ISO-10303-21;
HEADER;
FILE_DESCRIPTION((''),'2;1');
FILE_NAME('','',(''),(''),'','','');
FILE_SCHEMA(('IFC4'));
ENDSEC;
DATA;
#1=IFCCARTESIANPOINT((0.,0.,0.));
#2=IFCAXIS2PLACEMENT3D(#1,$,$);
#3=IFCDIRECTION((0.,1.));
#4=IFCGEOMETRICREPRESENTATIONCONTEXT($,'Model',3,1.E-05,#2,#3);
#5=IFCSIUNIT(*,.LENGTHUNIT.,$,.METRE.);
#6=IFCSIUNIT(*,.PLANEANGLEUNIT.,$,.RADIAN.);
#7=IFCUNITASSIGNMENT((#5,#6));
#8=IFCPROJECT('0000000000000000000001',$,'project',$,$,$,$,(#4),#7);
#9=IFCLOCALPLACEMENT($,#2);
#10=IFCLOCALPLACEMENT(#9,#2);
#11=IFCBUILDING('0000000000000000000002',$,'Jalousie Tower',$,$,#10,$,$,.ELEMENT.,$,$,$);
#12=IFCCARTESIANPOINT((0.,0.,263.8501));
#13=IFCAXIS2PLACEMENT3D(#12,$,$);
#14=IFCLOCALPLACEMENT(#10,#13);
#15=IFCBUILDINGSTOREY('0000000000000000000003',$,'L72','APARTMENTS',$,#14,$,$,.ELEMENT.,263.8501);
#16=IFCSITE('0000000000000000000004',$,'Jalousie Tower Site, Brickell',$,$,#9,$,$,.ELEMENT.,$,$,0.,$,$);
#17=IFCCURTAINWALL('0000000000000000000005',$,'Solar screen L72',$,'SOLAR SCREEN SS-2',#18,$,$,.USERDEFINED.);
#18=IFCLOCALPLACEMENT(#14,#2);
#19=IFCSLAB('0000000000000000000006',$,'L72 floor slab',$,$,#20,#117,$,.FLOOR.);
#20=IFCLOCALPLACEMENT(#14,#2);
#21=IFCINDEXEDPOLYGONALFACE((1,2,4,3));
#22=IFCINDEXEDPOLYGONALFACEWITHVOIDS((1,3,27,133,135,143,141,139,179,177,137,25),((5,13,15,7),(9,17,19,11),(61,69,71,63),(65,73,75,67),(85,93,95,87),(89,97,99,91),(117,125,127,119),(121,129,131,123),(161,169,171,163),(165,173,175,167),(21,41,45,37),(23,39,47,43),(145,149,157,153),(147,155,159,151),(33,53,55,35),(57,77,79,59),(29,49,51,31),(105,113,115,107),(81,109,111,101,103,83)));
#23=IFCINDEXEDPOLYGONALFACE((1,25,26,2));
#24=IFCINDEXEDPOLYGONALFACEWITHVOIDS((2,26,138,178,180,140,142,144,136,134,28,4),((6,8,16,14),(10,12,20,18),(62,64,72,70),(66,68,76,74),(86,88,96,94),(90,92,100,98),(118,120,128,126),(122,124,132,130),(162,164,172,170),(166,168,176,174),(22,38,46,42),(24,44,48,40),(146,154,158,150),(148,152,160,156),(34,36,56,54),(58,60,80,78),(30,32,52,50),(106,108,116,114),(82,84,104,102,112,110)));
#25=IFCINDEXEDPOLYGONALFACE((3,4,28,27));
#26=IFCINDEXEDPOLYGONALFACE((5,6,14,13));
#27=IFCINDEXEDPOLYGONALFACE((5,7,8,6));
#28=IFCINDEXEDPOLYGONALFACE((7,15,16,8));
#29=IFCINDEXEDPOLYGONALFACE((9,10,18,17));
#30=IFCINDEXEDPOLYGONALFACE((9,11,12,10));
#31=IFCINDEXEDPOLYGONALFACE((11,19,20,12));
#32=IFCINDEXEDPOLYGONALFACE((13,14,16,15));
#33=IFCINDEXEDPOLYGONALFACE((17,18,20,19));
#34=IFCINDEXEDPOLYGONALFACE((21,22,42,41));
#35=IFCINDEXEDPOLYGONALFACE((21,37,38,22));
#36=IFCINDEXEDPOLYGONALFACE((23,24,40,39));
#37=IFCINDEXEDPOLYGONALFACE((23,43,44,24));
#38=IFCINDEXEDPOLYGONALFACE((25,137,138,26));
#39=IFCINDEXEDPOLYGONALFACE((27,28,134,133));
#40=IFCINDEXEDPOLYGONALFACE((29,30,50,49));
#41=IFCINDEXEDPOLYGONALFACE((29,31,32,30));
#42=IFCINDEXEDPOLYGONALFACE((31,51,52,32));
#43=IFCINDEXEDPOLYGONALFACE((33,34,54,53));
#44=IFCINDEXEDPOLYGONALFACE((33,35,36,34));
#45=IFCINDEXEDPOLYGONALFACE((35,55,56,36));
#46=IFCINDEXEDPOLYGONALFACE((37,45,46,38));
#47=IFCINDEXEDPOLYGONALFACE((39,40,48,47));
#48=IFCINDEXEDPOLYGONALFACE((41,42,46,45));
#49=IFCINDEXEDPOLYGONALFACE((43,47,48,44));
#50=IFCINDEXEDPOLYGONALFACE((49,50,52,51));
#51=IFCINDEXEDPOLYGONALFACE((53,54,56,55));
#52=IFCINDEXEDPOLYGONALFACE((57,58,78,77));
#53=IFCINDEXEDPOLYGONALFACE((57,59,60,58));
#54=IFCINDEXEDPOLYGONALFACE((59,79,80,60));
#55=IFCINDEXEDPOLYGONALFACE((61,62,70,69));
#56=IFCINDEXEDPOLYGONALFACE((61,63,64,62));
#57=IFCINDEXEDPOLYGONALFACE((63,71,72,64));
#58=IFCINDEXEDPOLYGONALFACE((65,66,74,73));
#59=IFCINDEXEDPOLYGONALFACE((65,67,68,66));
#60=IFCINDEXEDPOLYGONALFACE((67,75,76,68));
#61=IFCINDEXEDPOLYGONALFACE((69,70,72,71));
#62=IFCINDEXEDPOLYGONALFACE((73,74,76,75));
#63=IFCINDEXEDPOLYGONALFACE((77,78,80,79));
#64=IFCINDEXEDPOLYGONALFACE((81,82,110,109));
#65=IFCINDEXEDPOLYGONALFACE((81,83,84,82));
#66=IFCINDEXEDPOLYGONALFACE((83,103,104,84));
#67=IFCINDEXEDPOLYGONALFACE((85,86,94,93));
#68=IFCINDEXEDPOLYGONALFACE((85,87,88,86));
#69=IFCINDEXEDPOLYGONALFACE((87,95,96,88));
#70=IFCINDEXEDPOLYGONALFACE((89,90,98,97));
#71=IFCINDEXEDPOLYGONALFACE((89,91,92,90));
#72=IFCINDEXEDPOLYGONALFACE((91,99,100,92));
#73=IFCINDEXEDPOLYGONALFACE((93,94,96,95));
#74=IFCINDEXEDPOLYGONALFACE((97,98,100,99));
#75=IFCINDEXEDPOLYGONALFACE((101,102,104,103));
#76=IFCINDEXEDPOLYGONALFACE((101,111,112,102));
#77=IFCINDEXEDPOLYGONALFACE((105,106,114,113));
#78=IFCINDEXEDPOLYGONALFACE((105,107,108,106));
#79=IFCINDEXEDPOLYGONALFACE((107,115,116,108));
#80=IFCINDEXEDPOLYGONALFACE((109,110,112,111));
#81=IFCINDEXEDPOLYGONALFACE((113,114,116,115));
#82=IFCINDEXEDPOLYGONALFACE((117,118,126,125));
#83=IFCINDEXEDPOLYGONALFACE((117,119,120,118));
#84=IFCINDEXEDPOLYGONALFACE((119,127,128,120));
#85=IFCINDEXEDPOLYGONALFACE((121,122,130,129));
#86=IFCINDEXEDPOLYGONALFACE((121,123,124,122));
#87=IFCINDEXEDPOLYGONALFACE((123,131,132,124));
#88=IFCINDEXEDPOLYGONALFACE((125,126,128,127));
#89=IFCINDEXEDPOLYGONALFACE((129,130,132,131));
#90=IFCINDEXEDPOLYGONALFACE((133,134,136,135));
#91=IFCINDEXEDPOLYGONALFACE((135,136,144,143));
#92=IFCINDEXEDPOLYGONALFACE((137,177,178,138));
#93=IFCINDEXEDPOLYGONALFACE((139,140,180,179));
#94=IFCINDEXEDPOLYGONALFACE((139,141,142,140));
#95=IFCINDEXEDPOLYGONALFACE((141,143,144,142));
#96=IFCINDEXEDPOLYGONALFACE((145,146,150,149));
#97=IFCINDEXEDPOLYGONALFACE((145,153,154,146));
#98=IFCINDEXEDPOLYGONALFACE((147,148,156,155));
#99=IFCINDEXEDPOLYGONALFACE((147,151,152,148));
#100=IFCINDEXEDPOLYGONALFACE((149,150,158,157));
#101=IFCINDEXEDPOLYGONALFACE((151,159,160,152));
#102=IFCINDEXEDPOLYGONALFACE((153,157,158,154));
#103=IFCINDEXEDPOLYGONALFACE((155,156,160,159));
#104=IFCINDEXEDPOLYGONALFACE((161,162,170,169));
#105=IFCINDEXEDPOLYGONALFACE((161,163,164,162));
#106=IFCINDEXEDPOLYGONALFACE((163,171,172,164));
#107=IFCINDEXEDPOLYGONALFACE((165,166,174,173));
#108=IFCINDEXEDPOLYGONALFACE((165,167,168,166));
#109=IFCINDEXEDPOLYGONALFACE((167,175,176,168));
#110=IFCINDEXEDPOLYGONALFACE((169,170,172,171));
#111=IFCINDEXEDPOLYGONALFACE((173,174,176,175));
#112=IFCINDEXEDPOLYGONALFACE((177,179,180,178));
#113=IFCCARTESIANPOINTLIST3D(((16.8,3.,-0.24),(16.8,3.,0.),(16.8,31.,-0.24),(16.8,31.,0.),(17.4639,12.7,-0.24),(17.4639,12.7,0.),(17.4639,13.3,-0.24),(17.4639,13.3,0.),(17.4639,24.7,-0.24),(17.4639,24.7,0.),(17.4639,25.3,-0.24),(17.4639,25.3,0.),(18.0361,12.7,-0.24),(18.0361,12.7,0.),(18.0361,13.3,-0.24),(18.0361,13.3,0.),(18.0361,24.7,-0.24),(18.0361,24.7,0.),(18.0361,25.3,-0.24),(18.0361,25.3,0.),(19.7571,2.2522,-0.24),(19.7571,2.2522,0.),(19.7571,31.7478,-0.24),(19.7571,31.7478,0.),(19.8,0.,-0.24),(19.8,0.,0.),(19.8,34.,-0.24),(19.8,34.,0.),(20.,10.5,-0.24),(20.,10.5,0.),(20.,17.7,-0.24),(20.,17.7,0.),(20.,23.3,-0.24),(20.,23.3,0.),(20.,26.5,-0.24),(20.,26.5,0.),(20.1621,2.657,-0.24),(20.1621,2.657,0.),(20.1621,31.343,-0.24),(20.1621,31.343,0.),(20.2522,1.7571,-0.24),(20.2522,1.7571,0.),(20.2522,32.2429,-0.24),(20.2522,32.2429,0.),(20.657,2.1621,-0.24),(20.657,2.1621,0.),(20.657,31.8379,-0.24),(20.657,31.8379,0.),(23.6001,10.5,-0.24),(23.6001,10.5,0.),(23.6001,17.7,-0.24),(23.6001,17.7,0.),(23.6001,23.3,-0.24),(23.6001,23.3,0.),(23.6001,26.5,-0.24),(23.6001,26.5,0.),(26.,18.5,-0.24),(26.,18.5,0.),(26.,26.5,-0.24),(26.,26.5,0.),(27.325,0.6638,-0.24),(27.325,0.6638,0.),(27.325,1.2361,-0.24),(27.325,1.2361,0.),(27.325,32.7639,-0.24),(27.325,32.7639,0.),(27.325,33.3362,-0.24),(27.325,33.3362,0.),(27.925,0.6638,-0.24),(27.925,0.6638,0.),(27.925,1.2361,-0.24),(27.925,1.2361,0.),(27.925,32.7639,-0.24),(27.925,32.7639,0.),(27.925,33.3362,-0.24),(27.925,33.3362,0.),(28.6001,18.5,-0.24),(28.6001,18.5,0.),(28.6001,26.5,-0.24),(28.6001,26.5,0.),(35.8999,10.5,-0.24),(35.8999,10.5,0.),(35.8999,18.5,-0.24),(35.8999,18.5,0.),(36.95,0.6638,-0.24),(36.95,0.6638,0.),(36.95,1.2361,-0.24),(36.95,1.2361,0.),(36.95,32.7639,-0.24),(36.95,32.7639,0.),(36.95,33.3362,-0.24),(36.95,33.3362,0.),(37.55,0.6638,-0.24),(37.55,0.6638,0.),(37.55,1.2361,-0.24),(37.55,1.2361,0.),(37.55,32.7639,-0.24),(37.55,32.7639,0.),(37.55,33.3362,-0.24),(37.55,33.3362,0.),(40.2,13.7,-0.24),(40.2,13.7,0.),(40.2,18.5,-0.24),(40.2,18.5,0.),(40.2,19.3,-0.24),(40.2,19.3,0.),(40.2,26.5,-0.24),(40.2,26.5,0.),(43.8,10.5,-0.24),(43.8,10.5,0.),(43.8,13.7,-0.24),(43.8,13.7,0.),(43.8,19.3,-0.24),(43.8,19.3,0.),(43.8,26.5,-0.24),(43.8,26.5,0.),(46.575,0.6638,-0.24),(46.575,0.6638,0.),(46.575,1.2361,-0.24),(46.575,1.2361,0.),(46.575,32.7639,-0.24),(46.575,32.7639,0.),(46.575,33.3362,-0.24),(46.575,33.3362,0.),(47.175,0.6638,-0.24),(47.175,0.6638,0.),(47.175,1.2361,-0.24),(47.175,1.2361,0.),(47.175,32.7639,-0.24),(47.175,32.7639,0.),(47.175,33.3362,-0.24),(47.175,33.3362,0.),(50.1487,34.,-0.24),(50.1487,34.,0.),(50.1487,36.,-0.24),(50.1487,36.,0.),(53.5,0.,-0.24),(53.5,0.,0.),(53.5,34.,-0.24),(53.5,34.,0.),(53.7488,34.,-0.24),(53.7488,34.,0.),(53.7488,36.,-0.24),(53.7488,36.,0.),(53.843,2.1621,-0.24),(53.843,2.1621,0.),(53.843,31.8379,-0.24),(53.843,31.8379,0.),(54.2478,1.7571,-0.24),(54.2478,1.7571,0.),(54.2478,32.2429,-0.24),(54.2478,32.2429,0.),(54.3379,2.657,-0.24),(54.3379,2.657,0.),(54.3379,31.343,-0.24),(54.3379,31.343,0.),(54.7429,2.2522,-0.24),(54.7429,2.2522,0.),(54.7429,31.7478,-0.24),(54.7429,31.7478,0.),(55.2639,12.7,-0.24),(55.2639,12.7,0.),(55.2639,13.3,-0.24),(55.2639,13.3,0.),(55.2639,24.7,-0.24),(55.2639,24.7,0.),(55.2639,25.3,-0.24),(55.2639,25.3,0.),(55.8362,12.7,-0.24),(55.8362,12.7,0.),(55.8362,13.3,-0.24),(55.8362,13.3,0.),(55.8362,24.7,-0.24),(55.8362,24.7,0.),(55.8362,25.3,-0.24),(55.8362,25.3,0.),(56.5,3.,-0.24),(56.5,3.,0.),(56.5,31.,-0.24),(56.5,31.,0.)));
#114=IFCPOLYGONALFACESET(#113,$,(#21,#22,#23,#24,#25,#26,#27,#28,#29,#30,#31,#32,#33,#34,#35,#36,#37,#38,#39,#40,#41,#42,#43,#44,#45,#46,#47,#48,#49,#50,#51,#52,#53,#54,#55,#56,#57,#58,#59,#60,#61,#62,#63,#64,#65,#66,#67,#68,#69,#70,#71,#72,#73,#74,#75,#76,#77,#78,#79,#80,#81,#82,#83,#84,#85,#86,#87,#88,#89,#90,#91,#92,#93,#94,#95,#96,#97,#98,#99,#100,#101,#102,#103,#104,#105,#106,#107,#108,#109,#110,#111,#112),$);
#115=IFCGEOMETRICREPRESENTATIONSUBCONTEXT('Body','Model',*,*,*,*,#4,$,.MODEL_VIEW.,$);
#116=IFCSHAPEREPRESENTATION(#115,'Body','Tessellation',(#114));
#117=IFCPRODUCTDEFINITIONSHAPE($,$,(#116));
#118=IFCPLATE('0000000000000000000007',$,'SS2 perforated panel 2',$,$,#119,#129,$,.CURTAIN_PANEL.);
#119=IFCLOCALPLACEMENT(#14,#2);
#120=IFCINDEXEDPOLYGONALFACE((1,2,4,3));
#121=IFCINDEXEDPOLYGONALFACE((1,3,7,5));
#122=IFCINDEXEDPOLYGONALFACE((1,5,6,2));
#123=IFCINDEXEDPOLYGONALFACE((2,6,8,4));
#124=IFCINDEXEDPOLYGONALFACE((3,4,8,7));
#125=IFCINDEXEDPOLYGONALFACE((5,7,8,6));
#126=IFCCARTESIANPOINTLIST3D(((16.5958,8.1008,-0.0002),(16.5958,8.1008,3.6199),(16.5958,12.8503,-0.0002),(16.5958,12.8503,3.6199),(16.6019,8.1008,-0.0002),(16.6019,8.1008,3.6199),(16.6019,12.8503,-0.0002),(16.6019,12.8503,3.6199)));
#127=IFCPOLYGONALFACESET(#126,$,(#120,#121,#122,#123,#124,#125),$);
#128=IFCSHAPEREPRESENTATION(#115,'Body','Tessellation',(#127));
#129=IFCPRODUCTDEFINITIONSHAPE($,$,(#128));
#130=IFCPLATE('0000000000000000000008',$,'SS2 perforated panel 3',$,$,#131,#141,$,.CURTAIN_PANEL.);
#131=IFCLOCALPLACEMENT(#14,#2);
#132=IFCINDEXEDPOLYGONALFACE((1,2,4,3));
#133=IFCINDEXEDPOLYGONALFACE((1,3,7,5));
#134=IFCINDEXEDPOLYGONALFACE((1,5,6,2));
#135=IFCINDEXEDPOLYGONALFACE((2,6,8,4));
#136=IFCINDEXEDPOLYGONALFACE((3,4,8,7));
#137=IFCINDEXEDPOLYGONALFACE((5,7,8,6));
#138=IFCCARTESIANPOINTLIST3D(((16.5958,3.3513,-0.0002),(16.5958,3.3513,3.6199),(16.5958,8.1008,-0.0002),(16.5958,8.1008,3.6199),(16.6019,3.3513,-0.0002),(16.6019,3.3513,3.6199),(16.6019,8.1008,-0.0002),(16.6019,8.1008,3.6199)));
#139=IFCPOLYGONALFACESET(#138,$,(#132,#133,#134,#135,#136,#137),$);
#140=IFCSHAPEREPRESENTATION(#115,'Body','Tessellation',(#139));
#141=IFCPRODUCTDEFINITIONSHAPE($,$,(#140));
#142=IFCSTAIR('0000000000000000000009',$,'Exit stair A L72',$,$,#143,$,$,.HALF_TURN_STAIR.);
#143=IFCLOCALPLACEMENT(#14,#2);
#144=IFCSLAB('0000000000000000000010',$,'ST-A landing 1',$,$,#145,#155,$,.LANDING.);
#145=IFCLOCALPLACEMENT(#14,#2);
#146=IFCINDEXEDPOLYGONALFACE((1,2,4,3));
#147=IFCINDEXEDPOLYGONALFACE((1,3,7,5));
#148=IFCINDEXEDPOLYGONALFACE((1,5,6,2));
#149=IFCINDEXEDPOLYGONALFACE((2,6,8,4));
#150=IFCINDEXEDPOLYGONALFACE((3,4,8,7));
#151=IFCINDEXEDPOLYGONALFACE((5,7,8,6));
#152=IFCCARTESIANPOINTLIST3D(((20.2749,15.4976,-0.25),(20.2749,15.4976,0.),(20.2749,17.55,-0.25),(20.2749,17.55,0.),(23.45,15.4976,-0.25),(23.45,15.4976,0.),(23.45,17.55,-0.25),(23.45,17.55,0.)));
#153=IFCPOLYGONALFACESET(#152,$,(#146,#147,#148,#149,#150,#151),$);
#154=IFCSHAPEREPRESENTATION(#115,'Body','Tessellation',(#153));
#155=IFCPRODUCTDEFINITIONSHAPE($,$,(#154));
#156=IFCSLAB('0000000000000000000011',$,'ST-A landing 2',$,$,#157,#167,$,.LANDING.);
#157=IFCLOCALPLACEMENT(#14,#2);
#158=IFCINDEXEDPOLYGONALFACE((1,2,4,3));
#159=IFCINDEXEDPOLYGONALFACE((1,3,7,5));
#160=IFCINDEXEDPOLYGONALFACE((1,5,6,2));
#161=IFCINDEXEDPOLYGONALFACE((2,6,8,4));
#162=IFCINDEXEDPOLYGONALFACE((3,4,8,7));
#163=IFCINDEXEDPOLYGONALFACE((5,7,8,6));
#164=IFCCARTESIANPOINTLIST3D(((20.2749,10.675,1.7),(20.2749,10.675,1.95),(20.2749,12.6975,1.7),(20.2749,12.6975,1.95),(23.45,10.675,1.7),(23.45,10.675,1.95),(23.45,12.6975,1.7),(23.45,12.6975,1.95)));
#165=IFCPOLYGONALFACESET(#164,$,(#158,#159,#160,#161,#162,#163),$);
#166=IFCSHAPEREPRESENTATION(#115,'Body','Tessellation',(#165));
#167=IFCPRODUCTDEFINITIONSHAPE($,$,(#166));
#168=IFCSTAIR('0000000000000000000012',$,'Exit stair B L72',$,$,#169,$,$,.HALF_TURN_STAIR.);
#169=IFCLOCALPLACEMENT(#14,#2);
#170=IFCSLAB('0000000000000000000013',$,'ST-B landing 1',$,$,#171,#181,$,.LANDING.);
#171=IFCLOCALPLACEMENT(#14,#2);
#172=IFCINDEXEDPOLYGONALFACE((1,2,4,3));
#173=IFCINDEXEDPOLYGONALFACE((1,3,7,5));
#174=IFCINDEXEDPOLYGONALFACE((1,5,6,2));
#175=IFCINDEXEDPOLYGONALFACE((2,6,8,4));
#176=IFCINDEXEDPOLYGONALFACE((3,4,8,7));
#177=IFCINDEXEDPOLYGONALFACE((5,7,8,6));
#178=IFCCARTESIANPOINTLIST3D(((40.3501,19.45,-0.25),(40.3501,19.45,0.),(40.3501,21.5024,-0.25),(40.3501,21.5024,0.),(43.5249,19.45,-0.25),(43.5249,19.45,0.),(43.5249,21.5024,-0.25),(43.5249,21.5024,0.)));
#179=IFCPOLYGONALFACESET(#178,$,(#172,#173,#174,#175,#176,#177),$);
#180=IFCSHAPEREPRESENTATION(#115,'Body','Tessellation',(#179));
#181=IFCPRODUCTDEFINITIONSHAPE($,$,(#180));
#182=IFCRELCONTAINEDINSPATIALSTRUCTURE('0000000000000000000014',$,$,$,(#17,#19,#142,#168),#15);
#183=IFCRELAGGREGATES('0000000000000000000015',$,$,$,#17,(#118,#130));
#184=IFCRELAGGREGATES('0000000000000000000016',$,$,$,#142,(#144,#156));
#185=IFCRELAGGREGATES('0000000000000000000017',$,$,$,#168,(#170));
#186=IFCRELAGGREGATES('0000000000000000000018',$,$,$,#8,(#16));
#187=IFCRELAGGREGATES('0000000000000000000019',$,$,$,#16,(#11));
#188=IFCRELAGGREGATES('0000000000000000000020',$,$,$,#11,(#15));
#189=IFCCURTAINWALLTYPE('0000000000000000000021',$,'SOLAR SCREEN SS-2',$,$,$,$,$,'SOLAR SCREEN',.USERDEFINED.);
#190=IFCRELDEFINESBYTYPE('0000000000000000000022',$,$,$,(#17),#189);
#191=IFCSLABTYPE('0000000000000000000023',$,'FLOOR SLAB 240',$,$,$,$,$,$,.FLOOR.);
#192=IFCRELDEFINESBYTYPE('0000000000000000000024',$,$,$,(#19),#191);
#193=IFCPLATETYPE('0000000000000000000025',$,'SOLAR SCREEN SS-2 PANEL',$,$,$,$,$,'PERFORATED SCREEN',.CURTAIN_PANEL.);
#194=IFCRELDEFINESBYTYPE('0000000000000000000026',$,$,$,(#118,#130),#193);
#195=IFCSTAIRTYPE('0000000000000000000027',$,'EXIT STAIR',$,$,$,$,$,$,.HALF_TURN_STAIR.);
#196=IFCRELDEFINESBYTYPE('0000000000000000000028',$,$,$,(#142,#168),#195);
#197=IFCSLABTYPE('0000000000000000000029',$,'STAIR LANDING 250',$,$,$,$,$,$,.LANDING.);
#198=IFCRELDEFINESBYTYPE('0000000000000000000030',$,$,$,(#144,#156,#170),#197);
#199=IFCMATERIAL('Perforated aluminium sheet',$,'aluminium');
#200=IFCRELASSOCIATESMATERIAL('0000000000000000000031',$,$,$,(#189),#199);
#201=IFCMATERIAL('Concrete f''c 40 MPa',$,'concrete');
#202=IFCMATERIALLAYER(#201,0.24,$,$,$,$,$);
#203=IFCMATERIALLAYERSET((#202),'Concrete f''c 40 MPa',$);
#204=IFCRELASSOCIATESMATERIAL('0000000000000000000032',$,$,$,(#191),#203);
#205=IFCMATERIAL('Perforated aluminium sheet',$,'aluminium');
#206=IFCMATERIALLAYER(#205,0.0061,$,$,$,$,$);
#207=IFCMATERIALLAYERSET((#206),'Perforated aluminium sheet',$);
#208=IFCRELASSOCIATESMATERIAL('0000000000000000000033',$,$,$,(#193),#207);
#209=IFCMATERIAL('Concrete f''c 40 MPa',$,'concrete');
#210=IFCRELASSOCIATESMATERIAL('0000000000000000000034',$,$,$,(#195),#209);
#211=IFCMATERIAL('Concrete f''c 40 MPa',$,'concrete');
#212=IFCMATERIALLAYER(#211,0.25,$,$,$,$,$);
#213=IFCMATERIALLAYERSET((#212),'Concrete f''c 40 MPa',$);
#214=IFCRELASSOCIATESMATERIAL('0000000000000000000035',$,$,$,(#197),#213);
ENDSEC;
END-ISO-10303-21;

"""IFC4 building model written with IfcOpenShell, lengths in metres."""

from ifc_helpers import new_model, si_unit, direction, frame, origin, origin_2d, place, context, subcontext, project, spatial, polyline, rectangle, outline, extrude, material, layer, layer_set, type_object, element, aggregate, save


model = new_model("IFC4")

# Units and contexts
model_context = context("Model", 3, precision=1e-05, world=origin(), true_north=direction((0.0, 1.0)))
body_context = subcontext(model_context, "Body", "Model", "MODEL_VIEW")
ifc_project = project(units=[si_unit("LENGTHUNIT", "METRE"), si_unit("PLANEANGLEUNIT", "RADIAN")], contexts=[model_context])

# Site, building, storey
site_placement = place(None, origin())
site = spatial("IfcSite", under=ifc_project, at=site_placement, Name="Jalousie Tower Site, Brickell", CompositionType="ELEMENT", RefElevation=0.0)
building_placement = place(site_placement, origin())
building = spatial("IfcBuilding", under=site, at=building_placement, Name="Jalousie Tower", CompositionType="ELEMENT")
storey_placement = place(building_placement, frame((0.0, 0.0, 263.8501)))
storey = spatial("IfcBuildingStorey", under=building, at=storey_placement, Name="L72", Description="APARTMENTS", CompositionType="ELEMENT", Elevation=263.8501)

# Curtain wall
ifc_material_1 = material(Name="Perforated aluminium sheet", Category="aluminium")
curtain_wall_type_1 = type_object("IfcCurtainWallType", Name="SOLAR SCREEN SS-2", ElementType="SOLAR SCREEN", PredefinedType="USERDEFINED", material=ifc_material_1)
curtain_wall_1_placement = place(storey_placement, origin())
curtain_wall_1 = element("IfcCurtainWall", 1, at=curtain_wall_1_placement, inside=storey, type_object=curtain_wall_type_1, Name="Solar screen L72", ObjectType="SOLAR SCREEN SS-2", PredefinedType="USERDEFINED")

# Slab
ifc_material_2 = material(Name="Concrete f'c 40 MPa", Category="concrete")
ifc_layer_1 = layer(ifc_material_2, 0.24)
ifc_layer_set_1 = layer_set([ifc_layer_1], Name="Concrete f'c 40 MPa")
slab_type_1 = type_object("IfcSlabType", Name="FLOOR SLAB 240", PredefinedType="FLOOR", material=ifc_layer_set_1)
slab_1_placement = place(storey_placement, frame((0.0, 0.0, -0.24)))
element("IfcSlab", 2, at=slab_1_placement, inside=storey, type_object=slab_type_1, Name="L72 floor slab", PredefinedType="FLOOR", context=body_context, shape_type="SweptSolid", body=[
    extrude(outline(polyline([(16.8, 3.0), (16.8, 31.0), (19.8, 34.0), (50.1487, 34.0), (50.1487, 36.0), (53.7488, 36.0), (53.7488, 34.0), (53.5, 34.0), (56.5, 31.0), (56.5, 3.0), (53.5, 0.0), (19.8, 0.0), (16.8, 3.0)]), holes=[polyline([(55.2639, 13.3), (55.2639, 12.7), (55.8362, 12.7), (55.8362, 13.3), (55.2639, 13.3)]), polyline([(55.8362, 24.7), (55.8362, 25.3), (55.2639, 25.3), (55.2639, 24.7), (55.8362, 24.7)]), polyline([(54.2478, 32.2429), (53.843, 31.8379), (54.3379, 31.343), (54.7429, 31.7478), (54.2478, 32.2429)]), polyline([(54.2478, 1.7571), (54.7429, 2.2522), (54.3379, 2.657), (53.843, 2.1621), (54.2478, 1.7571)]), polyline([(46.575, 32.7639), (47.175, 32.7639), (47.175, 33.3362), (46.575, 33.3362), (46.575, 32.7639)]), polyline([(46.575, 0.6638), (47.175, 0.6638), (47.175, 1.2361), (46.575, 1.2361), (46.575, 0.6638)]), polyline([(43.8, 10.5), (43.8, 13.7), (40.2, 13.7), (40.2, 18.5), (35.8999, 18.5), (35.8999, 10.5), (43.8, 10.5)]), polyline([(43.8, 19.3), (43.8, 26.5), (40.2, 26.5), (40.2, 19.3), (43.8, 19.3)]), polyline([(36.95, 32.7639), (37.55, 32.7639), (37.55, 33.3362), (36.95, 33.3362), (36.95, 32.7639)]), polyline([(37.55, 1.2361), (36.95, 1.2361), (36.95, 0.6638), (37.55, 0.6638), (37.55, 1.2361)]), polyline([(28.6001, 18.5), (28.6001, 26.5), (26.0, 26.5), (26.0, 18.5), (28.6001, 18.5)]), polyline([(27.325, 32.7639), (27.925, 32.7639), (27.925, 33.3362), (27.325, 33.3362), (27.325, 32.7639)]), polyline([(27.325, 0.6638), (27.925, 0.6638), (27.925, 1.2361), (27.325, 1.2361), (27.325, 0.6638)]), polyline([(23.6001, 23.3), (23.6001, 26.5), (20.0, 26.5), (20.0, 23.3), (23.6001, 23.3)]), polyline([(23.6001, 10.5), (23.6001, 17.7), (20.0, 17.7), (20.0, 10.5), (23.6001, 10.5)]), polyline([(19.7571, 2.2522), (20.2522, 1.7571), (20.657, 2.1621), (20.1621, 2.657), (19.7571, 2.2522)]), polyline([(19.7571, 31.7478), (20.1621, 31.343), (20.657, 31.8379), (20.2522, 32.2429), (19.7571, 31.7478)]), polyline([(18.0361, 12.7), (18.0361, 13.3), (17.4639, 13.3), (17.4639, 12.7), (18.0361, 12.7)]), polyline([(17.4639, 25.3), (17.4639, 24.7), (18.0361, 24.7), (18.0361, 25.3), (17.4639, 25.3)])]), origin(), (0.0, 0.0, 1.0), 0.24),
])

# Plates
ifc_material_3 = material(Name="Perforated aluminium sheet", Category="aluminium")
ifc_layer_2 = layer(ifc_material_3, 0.0061)
ifc_layer_set_2 = layer_set([ifc_layer_2], Name="Perforated aluminium sheet")
plate_type = type_object("IfcPlateType", Name="SOLAR SCREEN SS-2 PANEL", ElementType="PERFORATED SCREEN", PredefinedType="CURTAIN_PANEL", material=ifc_layer_set_2)
plate_1_placement = place(storey_placement, frame((16.5989, 10.4756, -0.0002), z_axis=(0.0, 0.0, 1.0), x_axis=(0.0, -1.0, 0.0)))
plate_1 = element("IfcPlate", 3, at=plate_1_placement, type_object=plate_type, Name="SS2 perforated panel 2", PredefinedType="CURTAIN_PANEL", context=body_context, shape_type="SweptSolid", body=[
    extrude(rectangle(XDim=4.7495, YDim=0.0061, at=origin_2d()), origin(), (0.0, 0.0, 1.0), 3.6201),
])
plate_2_placement = place(storey_placement, frame((16.5989, 5.7261, -0.0002), z_axis=(0.0, 0.0, 1.0), x_axis=(0.0, -1.0, 0.0)))
plate_2 = element("IfcPlate", 4, at=plate_2_placement, type_object=plate_type, Name="SS2 perforated panel 3", PredefinedType="CURTAIN_PANEL", context=body_context, shape_type="SweptSolid", body=[
    extrude(rectangle(XDim=4.7495, YDim=0.0061, at=origin_2d()), origin(), (0.0, 0.0, 1.0), 3.6201),
])
aggregate(curtain_wall_1, [plate_1, plate_2])

# Stairs, slabs
ifc_material_4 = material(Name="Concrete f'c 40 MPa", Category="concrete")
stair_type = type_object("IfcStairType", Name="EXIT STAIR", PredefinedType="HALF_TURN_STAIR", material=ifc_material_4)
stair_1_placement = place(storey_placement, origin())
stair_1 = element("IfcStair", 5, at=stair_1_placement, inside=storey, type_object=stair_type, Name="Exit stair A L72", PredefinedType="HALF_TURN_STAIR")
ifc_material_5 = material(Name="Concrete f'c 40 MPa", Category="concrete")
ifc_layer_3 = layer(ifc_material_5, 0.25)
ifc_layer_set_3 = layer_set([ifc_layer_3], Name="Concrete f'c 40 MPa")
slab_type_2 = type_object("IfcSlabType", Name="STAIR LANDING 250", PredefinedType="LANDING", material=ifc_layer_set_3)
slab_2_placement = place(storey_placement, frame((0.0, 0.0, -0.25)))
slab_2 = element("IfcSlab", 6, at=slab_2_placement, type_object=slab_type_2, Name="ST-A landing 1", PredefinedType="LANDING", context=body_context, shape_type="SweptSolid", body=[
    extrude(outline(polyline([(20.2749, 15.4976), (23.45, 15.4976), (23.45, 17.55), (20.2749, 17.55), (20.2749, 15.4976)])), origin(), (0.0, 0.0, 1.0), 0.25),
])
slab_3_placement = place(storey_placement, frame((0.0, 0.0, 1.7)))
slab_3 = element("IfcSlab", 7, at=slab_3_placement, type_object=slab_type_2, Name="ST-A landing 2", PredefinedType="LANDING", context=body_context, shape_type="SweptSolid", body=[
    extrude(outline(polyline([(20.2749, 10.675), (23.45, 10.675), (23.45, 12.6975), (20.2749, 12.6975), (20.2749, 10.675)])), origin(), (0.0, 0.0, 1.0), 0.25),
])
aggregate(stair_1, [slab_2, slab_3])
stair_2_placement = place(storey_placement, origin())
stair_2 = element("IfcStair", 8, at=stair_2_placement, inside=storey, type_object=stair_type, Name="Exit stair B L72", PredefinedType="HALF_TURN_STAIR")
slab_4_placement = place(storey_placement, frame((0.0, 0.0, -0.25)))
slab_4 = element("IfcSlab", 9, at=slab_4_placement, type_object=slab_type_2, Name="ST-B landing 1", PredefinedType="LANDING", context=body_context, shape_type="SweptSolid", body=[
    extrude(outline(polyline([(40.3501, 19.45), (43.5249, 19.45), (43.5249, 21.5024), (40.3501, 21.5024), (40.3501, 19.45)])), origin(), (0.0, 0.0, 1.0), 0.25),
])
aggregate(stair_2, [slab_4])

save(model, "model.ifc")
